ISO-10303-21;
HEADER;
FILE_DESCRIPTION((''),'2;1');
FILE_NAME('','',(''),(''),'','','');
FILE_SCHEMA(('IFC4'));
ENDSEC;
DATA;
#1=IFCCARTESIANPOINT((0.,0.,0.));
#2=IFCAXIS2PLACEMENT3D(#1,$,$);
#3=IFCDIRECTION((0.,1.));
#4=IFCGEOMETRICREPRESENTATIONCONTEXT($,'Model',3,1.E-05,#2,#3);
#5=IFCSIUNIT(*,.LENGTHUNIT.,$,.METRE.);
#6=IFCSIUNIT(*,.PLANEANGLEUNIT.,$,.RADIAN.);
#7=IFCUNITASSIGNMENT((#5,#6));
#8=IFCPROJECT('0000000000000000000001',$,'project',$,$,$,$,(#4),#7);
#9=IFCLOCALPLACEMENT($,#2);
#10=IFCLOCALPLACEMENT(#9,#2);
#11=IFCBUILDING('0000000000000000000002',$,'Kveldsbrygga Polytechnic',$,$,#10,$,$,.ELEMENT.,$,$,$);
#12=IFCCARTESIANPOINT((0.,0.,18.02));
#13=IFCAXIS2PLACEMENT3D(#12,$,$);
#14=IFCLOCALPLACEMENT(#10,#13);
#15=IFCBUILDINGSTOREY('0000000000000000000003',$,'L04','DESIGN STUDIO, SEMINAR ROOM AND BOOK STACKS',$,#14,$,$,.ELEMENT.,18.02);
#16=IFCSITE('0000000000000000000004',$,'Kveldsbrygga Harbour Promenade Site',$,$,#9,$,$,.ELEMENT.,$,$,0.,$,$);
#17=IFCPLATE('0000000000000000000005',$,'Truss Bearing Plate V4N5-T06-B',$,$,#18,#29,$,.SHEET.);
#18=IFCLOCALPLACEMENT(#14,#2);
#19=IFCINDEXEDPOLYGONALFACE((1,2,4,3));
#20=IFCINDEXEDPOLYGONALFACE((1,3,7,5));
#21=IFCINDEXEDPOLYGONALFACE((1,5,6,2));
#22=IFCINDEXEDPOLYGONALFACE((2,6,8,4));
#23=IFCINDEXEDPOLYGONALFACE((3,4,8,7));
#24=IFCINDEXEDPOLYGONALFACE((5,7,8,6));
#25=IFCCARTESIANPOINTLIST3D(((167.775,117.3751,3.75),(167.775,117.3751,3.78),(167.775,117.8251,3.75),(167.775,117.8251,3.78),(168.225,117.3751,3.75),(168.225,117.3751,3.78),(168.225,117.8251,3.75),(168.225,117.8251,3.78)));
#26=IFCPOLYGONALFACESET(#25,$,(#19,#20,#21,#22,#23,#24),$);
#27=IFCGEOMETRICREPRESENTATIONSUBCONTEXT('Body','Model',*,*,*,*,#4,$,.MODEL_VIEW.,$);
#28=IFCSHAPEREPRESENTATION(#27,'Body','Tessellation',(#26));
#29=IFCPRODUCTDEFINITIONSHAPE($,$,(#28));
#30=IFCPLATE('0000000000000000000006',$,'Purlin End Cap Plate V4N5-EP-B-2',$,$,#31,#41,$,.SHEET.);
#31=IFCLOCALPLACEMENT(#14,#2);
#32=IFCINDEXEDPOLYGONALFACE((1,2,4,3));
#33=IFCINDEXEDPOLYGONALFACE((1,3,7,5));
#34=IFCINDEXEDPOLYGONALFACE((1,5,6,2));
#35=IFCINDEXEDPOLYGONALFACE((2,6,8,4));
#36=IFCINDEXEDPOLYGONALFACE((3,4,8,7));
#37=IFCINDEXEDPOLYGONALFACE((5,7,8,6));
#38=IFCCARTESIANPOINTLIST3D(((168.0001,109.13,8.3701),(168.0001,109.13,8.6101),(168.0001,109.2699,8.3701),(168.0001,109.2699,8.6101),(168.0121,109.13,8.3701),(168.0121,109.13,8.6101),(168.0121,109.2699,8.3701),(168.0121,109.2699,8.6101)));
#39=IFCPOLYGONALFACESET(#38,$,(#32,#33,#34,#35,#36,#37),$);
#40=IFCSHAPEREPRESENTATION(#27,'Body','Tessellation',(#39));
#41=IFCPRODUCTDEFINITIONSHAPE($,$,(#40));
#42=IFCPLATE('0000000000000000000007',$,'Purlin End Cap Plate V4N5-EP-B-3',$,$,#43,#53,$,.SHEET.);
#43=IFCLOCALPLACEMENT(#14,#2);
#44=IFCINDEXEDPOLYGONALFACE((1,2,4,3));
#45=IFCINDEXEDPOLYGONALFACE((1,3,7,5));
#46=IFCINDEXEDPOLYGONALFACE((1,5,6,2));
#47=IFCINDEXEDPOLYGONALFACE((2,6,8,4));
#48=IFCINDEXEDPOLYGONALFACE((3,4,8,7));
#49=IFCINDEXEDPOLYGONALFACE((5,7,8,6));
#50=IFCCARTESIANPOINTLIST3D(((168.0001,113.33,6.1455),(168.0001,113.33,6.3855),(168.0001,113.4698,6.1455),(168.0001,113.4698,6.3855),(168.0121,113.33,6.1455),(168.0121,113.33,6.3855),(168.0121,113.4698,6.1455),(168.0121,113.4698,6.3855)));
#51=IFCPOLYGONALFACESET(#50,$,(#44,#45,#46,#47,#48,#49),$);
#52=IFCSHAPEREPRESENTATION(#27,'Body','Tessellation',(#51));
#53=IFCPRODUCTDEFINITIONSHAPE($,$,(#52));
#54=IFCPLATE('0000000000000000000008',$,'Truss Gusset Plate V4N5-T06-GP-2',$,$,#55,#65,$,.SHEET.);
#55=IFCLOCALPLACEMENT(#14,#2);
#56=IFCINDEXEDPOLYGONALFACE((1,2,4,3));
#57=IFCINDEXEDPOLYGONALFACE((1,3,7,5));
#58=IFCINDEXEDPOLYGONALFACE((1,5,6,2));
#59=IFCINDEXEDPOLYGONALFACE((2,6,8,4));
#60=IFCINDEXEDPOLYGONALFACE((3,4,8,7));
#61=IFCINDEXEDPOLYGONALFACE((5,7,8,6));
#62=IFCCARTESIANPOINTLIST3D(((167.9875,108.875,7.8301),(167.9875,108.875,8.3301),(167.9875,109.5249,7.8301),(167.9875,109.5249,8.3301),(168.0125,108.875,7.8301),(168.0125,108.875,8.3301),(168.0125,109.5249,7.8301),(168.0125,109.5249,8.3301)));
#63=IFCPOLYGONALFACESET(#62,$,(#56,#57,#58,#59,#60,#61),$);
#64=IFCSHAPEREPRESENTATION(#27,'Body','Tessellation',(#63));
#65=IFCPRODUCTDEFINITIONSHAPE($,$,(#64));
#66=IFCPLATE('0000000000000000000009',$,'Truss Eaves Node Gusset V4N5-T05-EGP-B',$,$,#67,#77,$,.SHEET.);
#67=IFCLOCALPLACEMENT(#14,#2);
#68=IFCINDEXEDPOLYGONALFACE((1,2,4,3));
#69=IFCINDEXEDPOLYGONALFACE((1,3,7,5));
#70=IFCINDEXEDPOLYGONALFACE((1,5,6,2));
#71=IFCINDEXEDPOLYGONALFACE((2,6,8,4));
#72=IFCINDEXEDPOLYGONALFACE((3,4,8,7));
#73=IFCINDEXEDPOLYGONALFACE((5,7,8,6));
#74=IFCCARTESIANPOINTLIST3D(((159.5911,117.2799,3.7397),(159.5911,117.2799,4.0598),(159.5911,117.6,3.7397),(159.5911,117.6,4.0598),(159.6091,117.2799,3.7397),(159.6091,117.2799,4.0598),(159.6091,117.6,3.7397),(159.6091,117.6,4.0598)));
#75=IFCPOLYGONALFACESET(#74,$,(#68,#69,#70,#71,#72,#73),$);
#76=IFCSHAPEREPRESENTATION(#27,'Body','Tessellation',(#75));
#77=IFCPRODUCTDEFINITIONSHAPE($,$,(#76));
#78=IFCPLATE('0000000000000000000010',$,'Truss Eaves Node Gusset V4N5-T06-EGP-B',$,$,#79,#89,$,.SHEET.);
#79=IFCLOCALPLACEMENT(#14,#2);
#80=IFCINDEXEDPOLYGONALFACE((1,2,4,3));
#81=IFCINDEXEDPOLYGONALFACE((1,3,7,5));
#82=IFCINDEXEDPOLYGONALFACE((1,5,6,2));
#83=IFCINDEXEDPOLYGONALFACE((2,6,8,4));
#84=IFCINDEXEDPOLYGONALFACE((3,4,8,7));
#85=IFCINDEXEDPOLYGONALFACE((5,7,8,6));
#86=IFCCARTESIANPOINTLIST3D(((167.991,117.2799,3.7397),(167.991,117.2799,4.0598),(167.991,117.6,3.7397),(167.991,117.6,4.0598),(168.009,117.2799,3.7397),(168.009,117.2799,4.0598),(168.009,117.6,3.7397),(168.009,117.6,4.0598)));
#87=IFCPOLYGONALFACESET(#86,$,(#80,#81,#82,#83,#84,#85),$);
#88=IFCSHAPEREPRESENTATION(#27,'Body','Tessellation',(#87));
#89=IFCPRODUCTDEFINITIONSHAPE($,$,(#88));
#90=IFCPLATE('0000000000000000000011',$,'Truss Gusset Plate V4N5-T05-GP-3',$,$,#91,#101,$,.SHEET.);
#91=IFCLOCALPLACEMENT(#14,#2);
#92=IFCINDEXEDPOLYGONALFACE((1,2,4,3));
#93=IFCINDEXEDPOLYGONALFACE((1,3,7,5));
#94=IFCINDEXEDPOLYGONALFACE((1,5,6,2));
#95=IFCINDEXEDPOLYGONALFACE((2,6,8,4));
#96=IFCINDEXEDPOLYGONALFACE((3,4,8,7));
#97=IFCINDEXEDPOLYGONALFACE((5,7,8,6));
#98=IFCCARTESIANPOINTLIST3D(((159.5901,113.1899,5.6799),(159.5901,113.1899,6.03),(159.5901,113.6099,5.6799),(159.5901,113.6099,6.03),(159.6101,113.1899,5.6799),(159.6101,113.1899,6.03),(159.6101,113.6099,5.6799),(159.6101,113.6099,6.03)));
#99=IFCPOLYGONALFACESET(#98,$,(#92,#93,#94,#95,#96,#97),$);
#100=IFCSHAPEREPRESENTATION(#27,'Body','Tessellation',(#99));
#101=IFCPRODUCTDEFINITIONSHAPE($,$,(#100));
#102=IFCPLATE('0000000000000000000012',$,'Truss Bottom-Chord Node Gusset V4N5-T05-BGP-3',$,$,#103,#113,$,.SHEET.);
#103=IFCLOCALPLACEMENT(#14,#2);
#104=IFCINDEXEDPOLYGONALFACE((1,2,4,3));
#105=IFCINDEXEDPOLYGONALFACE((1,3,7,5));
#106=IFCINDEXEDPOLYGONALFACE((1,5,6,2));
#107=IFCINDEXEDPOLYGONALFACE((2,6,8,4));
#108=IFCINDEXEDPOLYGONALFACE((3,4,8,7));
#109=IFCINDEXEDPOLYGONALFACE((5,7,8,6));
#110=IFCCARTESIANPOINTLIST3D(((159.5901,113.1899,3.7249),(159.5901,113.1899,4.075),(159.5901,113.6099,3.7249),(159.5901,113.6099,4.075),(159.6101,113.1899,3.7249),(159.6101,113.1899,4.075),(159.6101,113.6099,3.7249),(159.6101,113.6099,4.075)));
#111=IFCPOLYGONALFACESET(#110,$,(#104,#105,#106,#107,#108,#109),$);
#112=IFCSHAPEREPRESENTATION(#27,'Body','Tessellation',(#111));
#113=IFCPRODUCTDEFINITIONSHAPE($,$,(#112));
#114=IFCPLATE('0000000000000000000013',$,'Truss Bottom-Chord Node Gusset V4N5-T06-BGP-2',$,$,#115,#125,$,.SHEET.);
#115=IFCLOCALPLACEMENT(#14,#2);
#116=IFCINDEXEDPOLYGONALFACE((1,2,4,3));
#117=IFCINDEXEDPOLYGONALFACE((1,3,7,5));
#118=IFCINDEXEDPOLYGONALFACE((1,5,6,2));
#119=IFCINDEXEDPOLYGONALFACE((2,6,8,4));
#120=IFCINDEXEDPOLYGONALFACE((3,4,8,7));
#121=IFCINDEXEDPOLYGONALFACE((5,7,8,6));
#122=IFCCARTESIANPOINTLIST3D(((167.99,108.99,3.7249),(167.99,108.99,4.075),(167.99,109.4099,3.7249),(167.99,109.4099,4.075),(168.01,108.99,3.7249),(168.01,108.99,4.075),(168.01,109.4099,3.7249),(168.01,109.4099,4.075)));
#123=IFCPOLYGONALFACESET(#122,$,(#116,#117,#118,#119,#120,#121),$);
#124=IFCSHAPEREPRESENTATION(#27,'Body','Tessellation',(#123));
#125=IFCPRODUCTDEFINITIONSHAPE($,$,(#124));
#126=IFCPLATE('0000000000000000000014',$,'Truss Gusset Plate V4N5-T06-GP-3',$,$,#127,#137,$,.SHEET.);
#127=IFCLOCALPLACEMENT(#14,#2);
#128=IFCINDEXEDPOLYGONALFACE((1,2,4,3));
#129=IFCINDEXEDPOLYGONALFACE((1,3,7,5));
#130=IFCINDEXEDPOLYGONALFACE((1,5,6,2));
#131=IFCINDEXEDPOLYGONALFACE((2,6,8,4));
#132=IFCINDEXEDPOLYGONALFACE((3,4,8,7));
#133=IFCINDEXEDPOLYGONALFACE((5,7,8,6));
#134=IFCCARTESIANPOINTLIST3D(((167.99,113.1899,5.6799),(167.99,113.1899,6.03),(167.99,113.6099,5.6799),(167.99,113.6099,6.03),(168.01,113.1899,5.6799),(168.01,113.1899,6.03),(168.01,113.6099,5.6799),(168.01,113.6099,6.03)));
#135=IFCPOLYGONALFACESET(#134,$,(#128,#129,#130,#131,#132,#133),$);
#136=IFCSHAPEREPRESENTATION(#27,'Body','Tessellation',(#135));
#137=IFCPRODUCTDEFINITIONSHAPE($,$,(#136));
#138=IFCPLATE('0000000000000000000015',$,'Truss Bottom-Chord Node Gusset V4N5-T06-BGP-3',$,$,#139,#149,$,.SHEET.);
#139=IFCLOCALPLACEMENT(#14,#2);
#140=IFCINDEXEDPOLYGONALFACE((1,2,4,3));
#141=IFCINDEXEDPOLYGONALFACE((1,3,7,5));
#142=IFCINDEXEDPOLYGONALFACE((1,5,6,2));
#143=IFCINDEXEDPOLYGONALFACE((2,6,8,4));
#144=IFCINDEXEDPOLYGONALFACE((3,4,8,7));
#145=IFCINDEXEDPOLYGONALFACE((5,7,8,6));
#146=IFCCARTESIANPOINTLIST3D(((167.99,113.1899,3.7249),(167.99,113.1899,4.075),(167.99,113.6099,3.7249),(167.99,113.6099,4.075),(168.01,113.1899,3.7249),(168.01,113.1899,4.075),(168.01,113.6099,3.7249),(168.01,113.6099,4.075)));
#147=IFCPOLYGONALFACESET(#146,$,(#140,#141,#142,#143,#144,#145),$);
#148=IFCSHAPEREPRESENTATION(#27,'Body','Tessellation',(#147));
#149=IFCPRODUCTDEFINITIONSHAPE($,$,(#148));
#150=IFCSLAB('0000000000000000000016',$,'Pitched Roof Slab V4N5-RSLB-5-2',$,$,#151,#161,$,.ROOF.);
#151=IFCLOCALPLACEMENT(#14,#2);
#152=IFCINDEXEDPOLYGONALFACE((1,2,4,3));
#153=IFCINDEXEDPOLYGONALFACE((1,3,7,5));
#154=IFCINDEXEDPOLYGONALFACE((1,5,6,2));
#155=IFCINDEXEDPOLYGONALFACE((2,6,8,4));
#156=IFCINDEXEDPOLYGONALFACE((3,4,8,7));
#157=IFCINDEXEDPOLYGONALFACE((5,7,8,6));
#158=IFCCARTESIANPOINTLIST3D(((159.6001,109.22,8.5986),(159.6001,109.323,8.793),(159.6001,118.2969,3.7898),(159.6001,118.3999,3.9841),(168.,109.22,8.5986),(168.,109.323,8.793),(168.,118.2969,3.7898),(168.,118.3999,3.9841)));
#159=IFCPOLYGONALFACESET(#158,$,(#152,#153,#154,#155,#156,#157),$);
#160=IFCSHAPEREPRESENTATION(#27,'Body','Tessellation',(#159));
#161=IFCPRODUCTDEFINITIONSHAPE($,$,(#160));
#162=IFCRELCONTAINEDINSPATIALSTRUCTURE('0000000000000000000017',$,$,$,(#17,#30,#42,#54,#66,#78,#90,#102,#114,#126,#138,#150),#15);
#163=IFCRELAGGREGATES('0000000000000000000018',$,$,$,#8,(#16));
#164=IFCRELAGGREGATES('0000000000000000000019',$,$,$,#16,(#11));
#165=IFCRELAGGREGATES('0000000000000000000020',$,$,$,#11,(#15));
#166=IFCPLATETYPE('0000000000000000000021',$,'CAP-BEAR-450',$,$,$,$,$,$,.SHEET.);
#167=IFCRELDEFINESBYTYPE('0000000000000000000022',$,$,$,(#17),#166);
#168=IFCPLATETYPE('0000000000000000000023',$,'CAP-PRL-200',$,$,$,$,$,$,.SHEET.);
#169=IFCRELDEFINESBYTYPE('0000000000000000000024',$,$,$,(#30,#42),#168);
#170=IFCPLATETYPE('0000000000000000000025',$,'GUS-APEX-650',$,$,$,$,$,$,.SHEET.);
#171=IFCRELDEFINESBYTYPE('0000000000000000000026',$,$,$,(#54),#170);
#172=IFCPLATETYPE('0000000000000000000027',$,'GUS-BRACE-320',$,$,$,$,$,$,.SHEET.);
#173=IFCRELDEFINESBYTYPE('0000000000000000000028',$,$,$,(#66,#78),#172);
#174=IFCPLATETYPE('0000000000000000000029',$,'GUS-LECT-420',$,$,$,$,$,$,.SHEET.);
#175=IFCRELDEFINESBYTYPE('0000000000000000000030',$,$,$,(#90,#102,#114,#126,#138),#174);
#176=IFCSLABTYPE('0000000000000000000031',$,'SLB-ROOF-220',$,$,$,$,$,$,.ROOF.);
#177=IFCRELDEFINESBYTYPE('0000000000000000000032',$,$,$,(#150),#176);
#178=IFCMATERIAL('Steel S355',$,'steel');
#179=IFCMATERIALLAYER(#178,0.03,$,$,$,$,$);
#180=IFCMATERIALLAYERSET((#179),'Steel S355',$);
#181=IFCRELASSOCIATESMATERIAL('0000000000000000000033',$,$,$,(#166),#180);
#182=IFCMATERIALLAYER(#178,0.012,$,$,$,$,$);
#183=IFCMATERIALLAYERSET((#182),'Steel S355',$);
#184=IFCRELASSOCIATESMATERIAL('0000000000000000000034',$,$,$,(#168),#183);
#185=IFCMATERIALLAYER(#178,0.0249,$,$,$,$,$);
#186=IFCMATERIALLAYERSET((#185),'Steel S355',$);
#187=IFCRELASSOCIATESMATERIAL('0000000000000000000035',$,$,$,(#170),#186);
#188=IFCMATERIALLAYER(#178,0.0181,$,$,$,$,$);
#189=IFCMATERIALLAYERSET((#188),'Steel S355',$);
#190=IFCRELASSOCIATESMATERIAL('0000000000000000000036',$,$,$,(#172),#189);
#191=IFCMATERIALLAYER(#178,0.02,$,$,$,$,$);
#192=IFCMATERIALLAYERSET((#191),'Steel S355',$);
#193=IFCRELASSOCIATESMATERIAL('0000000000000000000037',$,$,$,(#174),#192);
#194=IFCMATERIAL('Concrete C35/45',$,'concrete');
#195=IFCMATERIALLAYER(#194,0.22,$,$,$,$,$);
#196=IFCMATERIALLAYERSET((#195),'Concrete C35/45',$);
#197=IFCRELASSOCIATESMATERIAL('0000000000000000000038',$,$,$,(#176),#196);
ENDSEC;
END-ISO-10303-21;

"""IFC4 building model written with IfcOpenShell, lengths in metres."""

from ifc_helpers import new_model, si_unit, direction, frame, origin, origin_2d, place, context, subcontext, project, spatial, polyline, rectangle, outline, extrude, material, layer, layer_set, type_object, element, save


model = new_model("IFC4")

# Units and contexts
model_context = context("Model", 3, precision=1e-05, world=origin(), true_north=direction((0.0, 1.0)))
body_context = subcontext(model_context, "Body", "Model", "MODEL_VIEW")
ifc_project = project(units=[si_unit("LENGTHUNIT", "METRE"), si_unit("PLANEANGLEUNIT", "RADIAN")], contexts=[model_context])

# Site, building, storey
site_placement = place(None, origin())
site = spatial("IfcSite", under=ifc_project, at=site_placement, Name="Kveldsbrygga Harbour Promenade Site", CompositionType="ELEMENT", RefElevation=0.0)
building_placement = place(site_placement, origin())
building = spatial("IfcBuilding", under=site, at=building_placement, Name="Kveldsbrygga Polytechnic", CompositionType="ELEMENT")
storey_placement = place(building_placement, frame((0.0, 0.0, 18.02)))
storey = spatial("IfcBuildingStorey", under=building, at=storey_placement, Name="L04", Description="DESIGN STUDIO, SEMINAR ROOM AND BOOK STACKS", CompositionType="ELEMENT", Elevation=18.02)

# Shared definitions
ifc_material_1 = material(Name="Steel S355", Category="steel")

# Plates
ifc_layer_1 = layer(ifc_material_1, 0.03)
ifc_layer_set_1 = layer_set([ifc_layer_1], Name="Steel S355")
plate_type_1 = type_object("IfcPlateType", Name="CAP-BEAR-450", PredefinedType="SHEET", material=ifc_layer_set_1)
for number, where, z_axis, x_axis, name in (
    (1, (168.0, 117.6001, 3.75), (0.0, 0.0, 1.0), (1.0, 0.0, 0.0), "Truss Bearing Plate V4N5-T06-B"),
):
    element("IfcPlate", number, at=place(storey_placement, frame(where, z_axis=z_axis, x_axis=x_axis)), inside=storey, type_object=plate_type_1, Name=name, PredefinedType="SHEET", context=body_context, shape_type="SweptSolid", body=[
        extrude(rectangle(XDim=0.45, YDim=0.45, at=origin_2d()), origin(), (0.0, 0.0, 1.0), 0.03),
    ])
ifc_layer_2 = layer(ifc_material_1, 0.012)
ifc_layer_set_2 = layer_set([ifc_layer_2], Name="Steel S355")
plate_type_2 = type_object("IfcPlateType", Name="CAP-PRL-200", PredefinedType="SHEET", material=ifc_layer_set_2)
for number, where, z_axis, x_axis, name in (
    (2, (168.0061, 109.2, 8.3701), (0.0, 0.0, 1.0), (1.0, 0.0, 0.0), "Purlin End Cap Plate V4N5-EP-B-2"),
    (3, (168.0061, 113.3999, 6.1455), (0.0, 0.0, 1.0), (1.0, 0.0, 0.0), "Purlin End Cap Plate V4N5-EP-B-3"),
):
    element("IfcPlate", number, at=place(storey_placement, frame(where, z_axis=z_axis, x_axis=x_axis)), inside=storey, type_object=plate_type_2, Name=name, PredefinedType="SHEET", context=body_context, shape_type="SweptSolid", body=[
        extrude(rectangle(XDim=0.012, YDim=0.1399, at=origin_2d()), origin(), (0.0, 0.0, 1.0), 0.24),
    ])
ifc_layer_3 = layer(ifc_material_1, 0.0249)
ifc_layer_set_3 = layer_set([ifc_layer_3], Name="Steel S355")
plate_type_3 = type_object("IfcPlateType", Name="GUS-APEX-650", PredefinedType="SHEET", material=ifc_layer_set_3)
plate_placement = place(storey_placement, frame((168.0, 109.2, 7.8301), z_axis=(0.0, 0.0, 1.0), x_axis=(1.0, 0.0, 0.0)))
element("IfcPlate", 4, at=plate_placement, inside=storey, type_object=plate_type_3, Name="Truss Gusset Plate V4N5-T06-GP-2", PredefinedType="SHEET", context=body_context, shape_type="SweptSolid", body=[
    extrude(rectangle(XDim=0.0249, YDim=0.6499, at=origin_2d()), origin(), (0.0, 0.0, 1.0), 0.5),
])
ifc_layer_4 = layer(ifc_material_1, 0.0181)
ifc_layer_set_4 = layer_set([ifc_layer_4], Name="Steel S355")
plate_type_4 = type_object("IfcPlateType", Name="GUS-BRACE-320", PredefinedType="SHEET", material=ifc_layer_set_4)
for number, where, z_axis, x_axis, name in (
    (5, (159.6001, 117.4399, 3.7397), (0.0, 0.0, 1.0), (1.0, 0.0, 0.0), "Truss Eaves Node Gusset V4N5-T05-EGP-B"),
    (6, (168.0, 117.4399, 3.7397), (0.0, 0.0, 1.0), (1.0, 0.0, 0.0), "Truss Eaves Node Gusset V4N5-T06-EGP-B"),
):
    element("IfcPlate", number, at=place(storey_placement, frame(where, z_axis=z_axis, x_axis=x_axis)), inside=storey, type_object=plate_type_4, Name=name, PredefinedType="SHEET", context=body_context, shape_type="SweptSolid", body=[
        extrude(rectangle(XDim=0.0181, YDim=0.3201, at=origin_2d()), origin(), (0.0, 0.0, 1.0), 0.3201),
    ])
ifc_layer_5 = layer(ifc_material_1, 0.02)
ifc_layer_set_5 = layer_set([ifc_layer_5], Name="Steel S355")
plate_type_5 = type_object("IfcPlateType", Name="GUS-LECT-420", PredefinedType="SHEET", material=ifc_layer_set_5)
for number, where, z_axis, x_axis, name in (
    (7, (159.6001, 113.3999, 5.6799), (0.0, 0.0, 1.0), (1.0, 0.0, 0.0), "Truss Gusset Plate V4N5-T05-GP-3"),
    (8, (159.6001, 113.3999, 3.7249), (0.0, 0.0, 1.0), (1.0, 0.0, 0.0), "Truss Bottom-Chord Node Gusset V4N5-T05-BGP-3"),
    (9, (168.0, 109.2, 3.7249), (0.0, 0.0, 1.0), (1.0, 0.0, 0.0), "Truss Bottom-Chord Node Gusset V4N5-T06-BGP-2"),
    (10, (168.0, 113.3999, 5.6799), (0.0, 0.0, 1.0), (1.0, 0.0, 0.0), "Truss Gusset Plate V4N5-T06-GP-3"),
    (11, (168.0, 113.3999, 3.7249), (0.0, 0.0, 1.0), (1.0, 0.0, 0.0), "Truss Bottom-Chord Node Gusset V4N5-T06-BGP-3"),
):
    element("IfcPlate", number, at=place(storey_placement, frame(where, z_axis=z_axis, x_axis=x_axis)), inside=storey, type_object=plate_type_5, Name=name, PredefinedType="SHEET", context=body_context, shape_type="SweptSolid", body=[
        extrude(rectangle(XDim=0.02, YDim=0.4199, at=origin_2d()), origin(), (0.0, 0.0, 1.0), 0.3501),
    ])

# Slab
ifc_material_2 = material(Name="Concrete C35/45", Category="concrete")
ifc_layer_6 = layer(ifc_material_2, 0.22)
ifc_layer_set_6 = layer_set([ifc_layer_6], Name="Concrete C35/45")
slab_type = type_object("IfcSlabType", Name="SLB-ROOF-220", PredefinedType="ROOF", material=ifc_layer_set_6)
slab_placement = place(storey_placement, frame((159.6001, 109.323, 8.793), z_axis=(0.0, 0.468148, 0.88365), x_axis=(1.0, 0.0, 0.0)))
element("IfcSlab", 12, at=slab_placement, inside=storey, type_object=slab_type, Name="Pitched Roof Slab V4N5-RSLB-5-2", PredefinedType="ROOF", context=body_context, shape_type="SweptSolid", body=[
    extrude(outline(polyline([(0.0, 0.0), (8.3999, 0.0), (8.3999, 10.2721), (0.0, 10.2721), (0.0, 0.0)])), origin(), (0.0, 0.0, -1.0), 0.22),
])

save(model, "model.ifc")
